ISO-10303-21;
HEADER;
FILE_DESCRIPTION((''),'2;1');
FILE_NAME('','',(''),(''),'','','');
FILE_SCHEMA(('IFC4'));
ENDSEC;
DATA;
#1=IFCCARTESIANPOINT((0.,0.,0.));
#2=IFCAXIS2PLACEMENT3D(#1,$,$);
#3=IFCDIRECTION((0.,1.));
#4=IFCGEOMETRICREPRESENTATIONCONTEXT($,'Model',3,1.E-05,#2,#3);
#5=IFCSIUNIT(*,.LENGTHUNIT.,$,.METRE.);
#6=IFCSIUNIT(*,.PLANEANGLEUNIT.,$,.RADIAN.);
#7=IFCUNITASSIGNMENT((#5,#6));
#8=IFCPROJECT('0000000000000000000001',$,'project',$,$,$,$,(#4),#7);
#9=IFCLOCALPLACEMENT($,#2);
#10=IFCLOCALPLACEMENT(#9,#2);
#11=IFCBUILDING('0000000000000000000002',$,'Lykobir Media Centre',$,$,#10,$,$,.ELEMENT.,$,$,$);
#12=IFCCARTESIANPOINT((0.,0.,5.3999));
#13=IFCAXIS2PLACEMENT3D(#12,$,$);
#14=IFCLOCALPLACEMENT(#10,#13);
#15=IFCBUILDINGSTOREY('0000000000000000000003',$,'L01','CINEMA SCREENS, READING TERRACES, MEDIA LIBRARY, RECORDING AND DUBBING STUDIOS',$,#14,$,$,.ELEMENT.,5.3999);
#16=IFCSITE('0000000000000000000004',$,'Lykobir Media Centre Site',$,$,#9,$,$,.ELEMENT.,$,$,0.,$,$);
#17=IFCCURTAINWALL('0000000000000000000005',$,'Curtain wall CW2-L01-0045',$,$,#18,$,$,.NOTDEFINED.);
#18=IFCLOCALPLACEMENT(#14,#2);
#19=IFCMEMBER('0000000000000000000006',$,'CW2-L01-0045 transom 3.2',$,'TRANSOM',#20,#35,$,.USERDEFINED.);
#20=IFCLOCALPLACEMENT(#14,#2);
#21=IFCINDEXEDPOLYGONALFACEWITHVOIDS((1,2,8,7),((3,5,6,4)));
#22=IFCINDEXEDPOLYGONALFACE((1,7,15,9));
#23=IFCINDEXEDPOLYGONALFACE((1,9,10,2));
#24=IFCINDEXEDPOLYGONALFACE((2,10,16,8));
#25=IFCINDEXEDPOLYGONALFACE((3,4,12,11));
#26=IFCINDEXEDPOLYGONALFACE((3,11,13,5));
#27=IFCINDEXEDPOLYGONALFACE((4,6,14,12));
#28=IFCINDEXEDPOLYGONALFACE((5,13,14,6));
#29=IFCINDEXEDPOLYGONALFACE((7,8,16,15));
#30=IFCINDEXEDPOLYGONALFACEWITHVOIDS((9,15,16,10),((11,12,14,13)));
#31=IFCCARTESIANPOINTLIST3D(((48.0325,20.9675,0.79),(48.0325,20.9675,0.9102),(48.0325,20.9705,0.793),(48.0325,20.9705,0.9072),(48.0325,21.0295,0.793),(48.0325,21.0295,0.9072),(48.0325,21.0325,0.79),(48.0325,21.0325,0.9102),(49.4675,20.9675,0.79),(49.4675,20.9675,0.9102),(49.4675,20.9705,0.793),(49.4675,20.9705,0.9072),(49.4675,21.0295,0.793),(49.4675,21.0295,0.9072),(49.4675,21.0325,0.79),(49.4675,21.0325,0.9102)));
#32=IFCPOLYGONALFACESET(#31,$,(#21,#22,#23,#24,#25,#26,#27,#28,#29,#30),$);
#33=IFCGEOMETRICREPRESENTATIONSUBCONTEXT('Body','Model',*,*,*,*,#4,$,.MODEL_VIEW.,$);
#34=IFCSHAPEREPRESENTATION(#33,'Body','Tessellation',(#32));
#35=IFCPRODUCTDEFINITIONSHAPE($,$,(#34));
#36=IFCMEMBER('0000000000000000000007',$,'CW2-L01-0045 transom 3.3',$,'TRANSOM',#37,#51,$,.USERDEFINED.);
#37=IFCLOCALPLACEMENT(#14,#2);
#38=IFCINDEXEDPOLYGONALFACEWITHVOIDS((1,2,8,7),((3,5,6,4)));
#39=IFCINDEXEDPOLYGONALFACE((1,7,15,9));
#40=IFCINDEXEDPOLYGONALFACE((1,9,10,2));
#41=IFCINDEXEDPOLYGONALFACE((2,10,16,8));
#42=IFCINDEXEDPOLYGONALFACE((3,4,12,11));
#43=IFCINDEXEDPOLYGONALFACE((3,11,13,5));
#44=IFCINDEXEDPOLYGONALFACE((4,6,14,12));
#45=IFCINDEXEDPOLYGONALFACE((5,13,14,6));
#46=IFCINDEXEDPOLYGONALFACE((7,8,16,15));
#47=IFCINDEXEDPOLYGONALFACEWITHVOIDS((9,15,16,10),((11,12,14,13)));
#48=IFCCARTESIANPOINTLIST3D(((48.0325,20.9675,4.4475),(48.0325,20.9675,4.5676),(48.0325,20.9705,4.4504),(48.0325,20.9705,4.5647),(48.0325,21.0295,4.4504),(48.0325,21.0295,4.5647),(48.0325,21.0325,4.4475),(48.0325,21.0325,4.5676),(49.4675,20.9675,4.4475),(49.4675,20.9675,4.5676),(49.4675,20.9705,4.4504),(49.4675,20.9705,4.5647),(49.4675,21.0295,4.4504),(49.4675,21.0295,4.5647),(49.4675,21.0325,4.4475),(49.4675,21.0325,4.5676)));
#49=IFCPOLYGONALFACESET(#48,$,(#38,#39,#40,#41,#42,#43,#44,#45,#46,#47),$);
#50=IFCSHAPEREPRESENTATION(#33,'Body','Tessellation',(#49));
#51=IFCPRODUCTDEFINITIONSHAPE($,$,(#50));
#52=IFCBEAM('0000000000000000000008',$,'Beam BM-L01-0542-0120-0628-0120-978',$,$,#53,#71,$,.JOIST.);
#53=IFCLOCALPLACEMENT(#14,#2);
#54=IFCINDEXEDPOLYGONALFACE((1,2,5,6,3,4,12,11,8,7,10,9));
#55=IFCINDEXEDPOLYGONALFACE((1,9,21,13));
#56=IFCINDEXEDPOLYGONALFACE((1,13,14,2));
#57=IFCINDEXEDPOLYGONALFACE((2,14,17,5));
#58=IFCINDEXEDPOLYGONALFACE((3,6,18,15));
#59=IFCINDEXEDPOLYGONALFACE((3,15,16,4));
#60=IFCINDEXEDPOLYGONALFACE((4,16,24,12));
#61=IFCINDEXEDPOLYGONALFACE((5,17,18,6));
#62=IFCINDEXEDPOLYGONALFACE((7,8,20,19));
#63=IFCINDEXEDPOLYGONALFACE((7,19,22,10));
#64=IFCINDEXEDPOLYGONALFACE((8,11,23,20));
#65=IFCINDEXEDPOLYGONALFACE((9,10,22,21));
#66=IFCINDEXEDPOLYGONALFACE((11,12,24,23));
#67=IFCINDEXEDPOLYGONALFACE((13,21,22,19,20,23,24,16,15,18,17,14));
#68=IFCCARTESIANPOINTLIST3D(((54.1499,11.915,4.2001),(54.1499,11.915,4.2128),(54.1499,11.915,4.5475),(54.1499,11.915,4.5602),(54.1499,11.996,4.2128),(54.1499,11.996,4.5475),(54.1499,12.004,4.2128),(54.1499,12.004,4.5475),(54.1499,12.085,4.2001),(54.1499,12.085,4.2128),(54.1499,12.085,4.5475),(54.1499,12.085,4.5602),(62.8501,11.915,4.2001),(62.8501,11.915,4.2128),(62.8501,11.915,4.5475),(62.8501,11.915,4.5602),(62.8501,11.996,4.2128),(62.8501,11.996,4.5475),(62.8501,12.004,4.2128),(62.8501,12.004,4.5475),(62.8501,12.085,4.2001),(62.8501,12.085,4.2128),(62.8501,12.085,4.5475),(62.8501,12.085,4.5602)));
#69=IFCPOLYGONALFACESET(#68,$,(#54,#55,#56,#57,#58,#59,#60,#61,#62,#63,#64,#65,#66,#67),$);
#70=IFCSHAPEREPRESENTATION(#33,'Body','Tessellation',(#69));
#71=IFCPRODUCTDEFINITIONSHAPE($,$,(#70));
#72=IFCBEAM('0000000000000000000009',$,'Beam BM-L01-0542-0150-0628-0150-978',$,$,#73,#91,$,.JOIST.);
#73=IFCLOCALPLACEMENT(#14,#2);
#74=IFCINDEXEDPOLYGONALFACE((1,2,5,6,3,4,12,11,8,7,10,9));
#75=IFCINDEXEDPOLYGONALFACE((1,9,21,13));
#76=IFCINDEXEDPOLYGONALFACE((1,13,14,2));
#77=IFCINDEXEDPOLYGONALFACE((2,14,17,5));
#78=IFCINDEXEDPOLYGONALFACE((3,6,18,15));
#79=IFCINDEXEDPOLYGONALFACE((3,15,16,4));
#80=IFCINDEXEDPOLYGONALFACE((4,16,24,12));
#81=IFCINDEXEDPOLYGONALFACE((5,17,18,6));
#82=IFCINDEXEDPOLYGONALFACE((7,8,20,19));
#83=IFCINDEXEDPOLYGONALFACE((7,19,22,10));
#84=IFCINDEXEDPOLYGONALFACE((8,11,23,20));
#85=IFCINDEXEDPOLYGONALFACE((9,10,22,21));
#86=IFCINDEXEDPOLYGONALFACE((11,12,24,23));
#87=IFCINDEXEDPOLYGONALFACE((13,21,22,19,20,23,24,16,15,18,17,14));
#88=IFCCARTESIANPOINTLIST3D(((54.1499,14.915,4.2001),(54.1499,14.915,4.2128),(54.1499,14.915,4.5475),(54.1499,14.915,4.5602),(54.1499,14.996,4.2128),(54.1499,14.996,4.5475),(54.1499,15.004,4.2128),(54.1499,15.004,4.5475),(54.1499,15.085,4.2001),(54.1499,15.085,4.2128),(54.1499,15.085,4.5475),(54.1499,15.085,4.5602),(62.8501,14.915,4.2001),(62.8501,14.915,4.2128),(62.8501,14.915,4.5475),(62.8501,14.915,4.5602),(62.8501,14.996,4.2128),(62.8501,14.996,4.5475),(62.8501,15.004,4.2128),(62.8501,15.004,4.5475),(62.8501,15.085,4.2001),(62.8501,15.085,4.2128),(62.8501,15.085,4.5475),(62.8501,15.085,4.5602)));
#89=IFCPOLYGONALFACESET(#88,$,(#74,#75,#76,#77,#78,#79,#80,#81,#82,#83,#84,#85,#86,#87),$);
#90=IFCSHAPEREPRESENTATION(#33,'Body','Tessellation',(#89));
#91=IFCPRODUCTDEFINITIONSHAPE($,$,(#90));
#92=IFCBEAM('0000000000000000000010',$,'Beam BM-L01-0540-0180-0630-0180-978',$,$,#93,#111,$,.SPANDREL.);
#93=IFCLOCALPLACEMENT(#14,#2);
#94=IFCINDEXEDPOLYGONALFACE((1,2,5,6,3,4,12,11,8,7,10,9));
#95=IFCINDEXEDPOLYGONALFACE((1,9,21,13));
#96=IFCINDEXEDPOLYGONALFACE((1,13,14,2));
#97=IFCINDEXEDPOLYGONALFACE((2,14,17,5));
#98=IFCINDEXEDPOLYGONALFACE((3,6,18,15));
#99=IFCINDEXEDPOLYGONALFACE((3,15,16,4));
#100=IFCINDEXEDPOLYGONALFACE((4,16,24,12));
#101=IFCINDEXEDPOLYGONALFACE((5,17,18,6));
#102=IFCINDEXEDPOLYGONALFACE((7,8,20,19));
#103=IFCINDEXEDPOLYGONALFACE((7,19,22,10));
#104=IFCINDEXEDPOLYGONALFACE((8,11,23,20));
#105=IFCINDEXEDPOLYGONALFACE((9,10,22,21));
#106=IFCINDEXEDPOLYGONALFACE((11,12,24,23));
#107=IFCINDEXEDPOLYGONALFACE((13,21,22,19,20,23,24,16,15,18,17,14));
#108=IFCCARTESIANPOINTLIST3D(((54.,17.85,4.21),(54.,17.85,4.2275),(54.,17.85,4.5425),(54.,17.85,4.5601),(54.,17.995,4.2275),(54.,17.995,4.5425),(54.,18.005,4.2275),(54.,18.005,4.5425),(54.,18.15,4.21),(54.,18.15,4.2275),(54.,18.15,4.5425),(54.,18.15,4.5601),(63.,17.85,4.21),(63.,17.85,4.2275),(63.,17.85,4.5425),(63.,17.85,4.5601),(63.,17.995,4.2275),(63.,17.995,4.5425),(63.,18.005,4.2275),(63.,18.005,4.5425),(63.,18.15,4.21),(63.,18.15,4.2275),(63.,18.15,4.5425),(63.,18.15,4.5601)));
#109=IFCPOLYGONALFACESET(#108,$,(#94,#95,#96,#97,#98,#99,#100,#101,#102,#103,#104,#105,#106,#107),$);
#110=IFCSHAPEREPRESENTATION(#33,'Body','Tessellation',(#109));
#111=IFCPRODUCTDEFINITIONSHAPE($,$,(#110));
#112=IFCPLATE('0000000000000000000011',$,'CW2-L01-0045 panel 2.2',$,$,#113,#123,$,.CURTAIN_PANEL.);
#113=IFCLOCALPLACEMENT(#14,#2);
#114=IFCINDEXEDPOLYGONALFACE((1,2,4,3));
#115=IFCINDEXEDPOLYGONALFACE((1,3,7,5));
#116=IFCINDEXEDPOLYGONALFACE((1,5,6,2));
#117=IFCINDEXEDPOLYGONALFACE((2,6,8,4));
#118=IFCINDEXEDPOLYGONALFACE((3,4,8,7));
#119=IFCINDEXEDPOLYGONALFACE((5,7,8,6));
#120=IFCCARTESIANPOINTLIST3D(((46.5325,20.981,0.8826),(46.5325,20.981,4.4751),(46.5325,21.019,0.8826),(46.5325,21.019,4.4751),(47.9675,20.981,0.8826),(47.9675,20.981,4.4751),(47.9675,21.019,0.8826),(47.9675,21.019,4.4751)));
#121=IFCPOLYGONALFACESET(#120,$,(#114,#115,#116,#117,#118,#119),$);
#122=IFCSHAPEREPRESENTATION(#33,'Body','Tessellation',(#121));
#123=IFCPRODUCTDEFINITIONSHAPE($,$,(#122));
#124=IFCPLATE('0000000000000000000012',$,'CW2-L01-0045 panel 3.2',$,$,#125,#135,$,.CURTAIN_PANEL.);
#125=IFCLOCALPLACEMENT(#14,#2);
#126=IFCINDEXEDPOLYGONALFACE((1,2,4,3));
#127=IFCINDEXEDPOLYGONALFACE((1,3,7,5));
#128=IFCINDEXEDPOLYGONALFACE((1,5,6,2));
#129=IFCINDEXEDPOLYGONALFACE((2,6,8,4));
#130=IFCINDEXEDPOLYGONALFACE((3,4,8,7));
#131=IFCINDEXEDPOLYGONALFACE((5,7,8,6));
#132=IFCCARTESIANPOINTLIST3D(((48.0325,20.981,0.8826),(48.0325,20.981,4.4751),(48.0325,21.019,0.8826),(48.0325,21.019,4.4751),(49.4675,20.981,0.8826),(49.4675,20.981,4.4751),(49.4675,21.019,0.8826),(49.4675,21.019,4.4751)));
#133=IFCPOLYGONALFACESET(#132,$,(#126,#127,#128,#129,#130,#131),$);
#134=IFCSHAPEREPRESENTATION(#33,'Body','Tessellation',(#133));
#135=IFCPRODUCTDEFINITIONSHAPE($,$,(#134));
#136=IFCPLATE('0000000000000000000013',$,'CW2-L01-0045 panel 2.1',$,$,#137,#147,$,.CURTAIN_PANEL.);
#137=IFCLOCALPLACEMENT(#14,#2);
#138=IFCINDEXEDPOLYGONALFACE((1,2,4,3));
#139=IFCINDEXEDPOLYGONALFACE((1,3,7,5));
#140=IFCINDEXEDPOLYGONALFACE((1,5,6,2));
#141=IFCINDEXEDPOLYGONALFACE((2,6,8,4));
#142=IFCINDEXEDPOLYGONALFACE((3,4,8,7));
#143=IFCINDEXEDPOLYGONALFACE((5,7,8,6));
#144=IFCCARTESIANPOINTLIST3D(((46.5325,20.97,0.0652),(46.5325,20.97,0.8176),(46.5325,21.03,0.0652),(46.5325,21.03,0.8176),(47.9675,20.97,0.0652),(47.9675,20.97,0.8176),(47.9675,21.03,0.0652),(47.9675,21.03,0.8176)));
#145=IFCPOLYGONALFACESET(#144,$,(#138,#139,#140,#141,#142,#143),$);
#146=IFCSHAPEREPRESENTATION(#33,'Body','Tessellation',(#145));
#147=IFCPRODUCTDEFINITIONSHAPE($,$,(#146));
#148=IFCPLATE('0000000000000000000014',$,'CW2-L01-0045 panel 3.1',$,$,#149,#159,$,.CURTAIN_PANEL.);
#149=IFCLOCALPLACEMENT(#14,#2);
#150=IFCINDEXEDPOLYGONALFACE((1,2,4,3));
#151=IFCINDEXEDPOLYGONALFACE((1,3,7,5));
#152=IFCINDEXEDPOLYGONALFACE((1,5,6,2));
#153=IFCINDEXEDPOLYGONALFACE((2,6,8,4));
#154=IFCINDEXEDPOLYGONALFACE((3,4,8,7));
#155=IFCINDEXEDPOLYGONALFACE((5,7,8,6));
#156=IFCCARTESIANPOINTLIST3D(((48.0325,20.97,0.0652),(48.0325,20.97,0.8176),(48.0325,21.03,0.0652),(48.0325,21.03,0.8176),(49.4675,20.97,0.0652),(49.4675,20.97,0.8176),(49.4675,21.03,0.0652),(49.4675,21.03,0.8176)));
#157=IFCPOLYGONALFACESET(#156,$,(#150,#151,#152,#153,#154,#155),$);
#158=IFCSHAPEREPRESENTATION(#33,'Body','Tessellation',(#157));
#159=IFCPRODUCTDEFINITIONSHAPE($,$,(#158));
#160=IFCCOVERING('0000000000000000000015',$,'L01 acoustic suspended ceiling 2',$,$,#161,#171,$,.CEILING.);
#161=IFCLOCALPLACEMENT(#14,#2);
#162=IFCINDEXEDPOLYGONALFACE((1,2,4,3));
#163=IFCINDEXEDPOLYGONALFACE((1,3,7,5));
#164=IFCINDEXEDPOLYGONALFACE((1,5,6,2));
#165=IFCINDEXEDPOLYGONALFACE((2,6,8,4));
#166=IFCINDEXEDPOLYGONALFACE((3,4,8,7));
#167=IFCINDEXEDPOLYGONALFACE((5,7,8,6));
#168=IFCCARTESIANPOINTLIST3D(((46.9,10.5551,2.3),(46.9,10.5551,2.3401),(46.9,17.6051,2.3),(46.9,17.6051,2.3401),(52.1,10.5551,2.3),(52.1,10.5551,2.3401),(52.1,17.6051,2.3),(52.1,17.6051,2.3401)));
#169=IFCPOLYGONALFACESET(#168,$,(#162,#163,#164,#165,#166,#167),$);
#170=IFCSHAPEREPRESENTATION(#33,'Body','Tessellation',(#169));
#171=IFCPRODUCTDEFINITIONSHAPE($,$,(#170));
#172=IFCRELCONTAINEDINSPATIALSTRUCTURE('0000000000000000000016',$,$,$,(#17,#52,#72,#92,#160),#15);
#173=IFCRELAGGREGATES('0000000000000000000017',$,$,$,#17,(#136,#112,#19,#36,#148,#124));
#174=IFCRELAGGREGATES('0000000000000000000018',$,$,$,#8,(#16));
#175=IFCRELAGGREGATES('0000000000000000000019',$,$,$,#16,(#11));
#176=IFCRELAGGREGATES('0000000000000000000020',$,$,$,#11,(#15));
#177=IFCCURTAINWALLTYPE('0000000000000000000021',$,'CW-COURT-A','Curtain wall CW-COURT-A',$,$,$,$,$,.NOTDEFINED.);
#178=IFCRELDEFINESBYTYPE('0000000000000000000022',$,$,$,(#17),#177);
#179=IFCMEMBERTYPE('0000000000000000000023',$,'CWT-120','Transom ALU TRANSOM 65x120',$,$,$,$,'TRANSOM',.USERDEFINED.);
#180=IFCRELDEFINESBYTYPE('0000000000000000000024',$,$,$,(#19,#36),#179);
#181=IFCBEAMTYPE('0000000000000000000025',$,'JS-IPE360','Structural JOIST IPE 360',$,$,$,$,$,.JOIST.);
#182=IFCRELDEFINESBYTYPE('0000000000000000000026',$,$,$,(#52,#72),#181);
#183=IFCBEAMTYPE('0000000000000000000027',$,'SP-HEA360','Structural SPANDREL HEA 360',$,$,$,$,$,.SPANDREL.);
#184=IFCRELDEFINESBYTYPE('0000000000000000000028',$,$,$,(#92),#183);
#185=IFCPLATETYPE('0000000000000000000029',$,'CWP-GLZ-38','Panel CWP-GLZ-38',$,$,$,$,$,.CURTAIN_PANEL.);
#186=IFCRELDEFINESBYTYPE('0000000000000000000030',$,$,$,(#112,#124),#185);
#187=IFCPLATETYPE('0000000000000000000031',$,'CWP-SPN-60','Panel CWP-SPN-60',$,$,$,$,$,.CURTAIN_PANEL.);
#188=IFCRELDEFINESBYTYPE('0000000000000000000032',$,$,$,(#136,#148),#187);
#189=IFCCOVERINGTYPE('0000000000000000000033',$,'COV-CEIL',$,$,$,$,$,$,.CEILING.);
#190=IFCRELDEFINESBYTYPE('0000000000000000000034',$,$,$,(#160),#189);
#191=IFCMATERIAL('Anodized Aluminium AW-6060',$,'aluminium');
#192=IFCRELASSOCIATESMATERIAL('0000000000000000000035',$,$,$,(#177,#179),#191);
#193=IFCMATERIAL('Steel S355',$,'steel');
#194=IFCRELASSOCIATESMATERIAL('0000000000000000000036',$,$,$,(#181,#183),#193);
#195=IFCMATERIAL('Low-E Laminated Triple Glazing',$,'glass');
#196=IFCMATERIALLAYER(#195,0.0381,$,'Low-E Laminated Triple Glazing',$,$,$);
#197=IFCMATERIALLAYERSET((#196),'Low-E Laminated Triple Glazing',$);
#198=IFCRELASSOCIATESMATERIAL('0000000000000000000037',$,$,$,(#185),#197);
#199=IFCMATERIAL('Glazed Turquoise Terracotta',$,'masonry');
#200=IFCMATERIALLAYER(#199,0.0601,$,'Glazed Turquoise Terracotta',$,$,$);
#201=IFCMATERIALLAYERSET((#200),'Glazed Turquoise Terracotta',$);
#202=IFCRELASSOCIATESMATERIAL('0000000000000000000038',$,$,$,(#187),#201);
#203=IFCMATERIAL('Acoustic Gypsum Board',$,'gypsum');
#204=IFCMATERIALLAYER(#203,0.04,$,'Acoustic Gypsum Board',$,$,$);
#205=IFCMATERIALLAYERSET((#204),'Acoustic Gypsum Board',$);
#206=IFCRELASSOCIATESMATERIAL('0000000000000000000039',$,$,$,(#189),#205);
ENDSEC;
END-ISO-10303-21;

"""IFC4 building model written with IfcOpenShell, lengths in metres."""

from ifc_helpers import new_model, si_unit, direction, frame, origin, origin_2d, place, context, subcontext, project, spatial, rectangle, hollow_rectangle, i_section, extrude, material, layer, layer_set, material_profile, profile_set, type_object, element, aggregate, save


model = new_model("IFC4")

# Units and contexts
model_context = context("Model", 3, precision=1e-05, world=origin(), true_north=direction((0.0, 1.0)))
body_context = subcontext(model_context, "Body", "Model", "MODEL_VIEW")
ifc_project = project(units=[si_unit("LENGTHUNIT", "METRE"), si_unit("PLANEANGLEUNIT", "RADIAN")], contexts=[model_context])

# Site, building, storey
site_placement = place(None, origin())
site = spatial("IfcSite", under=ifc_project, at=site_placement, Name="Lykobir Media Centre Site", CompositionType="ELEMENT", RefElevation=0.0)
building_placement = place(site_placement, origin())
building = spatial("IfcBuilding", under=site, at=building_placement, Name="Lykobir Media Centre", CompositionType="ELEMENT")
storey_placement = place(building_placement, frame((0.0, 0.0, 5.3999)))
storey = spatial("IfcBuildingStorey", under=building, at=storey_placement, Name="L01", Description="CINEMA SCREENS, READING TERRACES, MEDIA LIBRARY, RECORDING AND DUBBING STUDIOS", CompositionType="ELEMENT", Elevation=5.3999)

# Shared definitions
ifc_material_1 = material(Name="Steel S355", Category="steel")

# Curtain wall, members
ifc_material_2 = material(Name="Anodized Aluminium AW-6060", Category="aluminium")
curtain_wall_type = type_object("IfcCurtainWallType", Name="CW-COURT-A", Description="Curtain wall CW-COURT-A", PredefinedType="NOTDEFINED", material=ifc_material_2)
curtain_wall_placement = place(storey_placement, origin())
curtain_wall = element("IfcCurtainWall", 1, at=curtain_wall_placement, inside=storey, type_object=curtain_wall_type, Name="Curtain wall CW2-L01-0045", PredefinedType="NOTDEFINED")
ifc_material_profile_1 = material_profile(ifc_material_2, hollow_rectangle(XDim=0.0649, YDim=0.1201, WallThickness=0.0029, at=origin_2d()), Name="ALU TRANSOM 65x120")
ifc_profile_set_1 = profile_set([ifc_material_profile_1], Name="Anodized Aluminium AW-6060")
member_type_1 = type_object("IfcMemberType", Name="CWT-120", Description="Transom ALU TRANSOM 65x120", ElementType="TRANSOM", PredefinedType="USERDEFINED", material=ifc_profile_set_1)
member_1_placement = place(storey_placement, frame((48.0325, 21.0, 0.8501), z_axis=(1.0, 0.0, 0.0), x_axis=(0.0, 1.0, 0.0)))
member_1 = element("IfcMember", 2, at=member_1_placement, type_object=member_type_1, Name="CW2-L01-0045 transom 3.2", ObjectType="TRANSOM", PredefinedType="USERDEFINED", context=body_context, shape_type="SweptSolid", body=[
    extrude(hollow_rectangle(XDim=0.0649, YDim=0.1201, WallThickness=0.0029, at=origin_2d()), origin(), (0.0, 0.0, 1.0), 1.4351),
])
member_2_placement = place(storey_placement, frame((48.0325, 21.0, 4.5076), z_axis=(1.0, 0.0, 0.0), x_axis=(0.0, 1.0, 0.0)))
member_2 = element("IfcMember", 3, at=member_2_placement, type_object=member_type_1, Name="CW2-L01-0045 transom 3.3", ObjectType="TRANSOM", PredefinedType="USERDEFINED", context=body_context, shape_type="SweptSolid", body=[
    extrude(hollow_rectangle(XDim=0.0649, YDim=0.1201, WallThickness=0.0029, at=origin_2d()), origin(), (0.0, 0.0, 1.0), 1.4351),
])

# Beams
ifc_material_profile_2 = material_profile(ifc_material_1, i_section(OverallWidth=0.1699, OverallDepth=0.3601, WebThickness=0.0081, FlangeThickness=0.0127, at=origin_2d()), Name="IPE 360")
ifc_profile_set_2 = profile_set([ifc_material_profile_2], Name="Steel S355")
beam_type_1 = type_object("IfcBeamType", Name="JS-IPE360", Description="Structural JOIST IPE 360", PredefinedType="JOIST", material=ifc_profile_set_2)
for number, where, z_axis, x_axis, name in (
    (4, (54.1499, 12.0, 4.3801), (1.0, 0.0, 0.0), (0.0, 1.0, 0.0), "Beam BM-L01-0542-0120-0628-0120-978"),
    (5, (54.1499, 15.0, 4.3801), (1.0, 0.0, 0.0), (0.0, 1.0, 0.0), "Beam BM-L01-0542-0150-0628-0150-978"),
):
    element("IfcBeam", number, at=place(storey_placement, frame(where, z_axis=z_axis, x_axis=x_axis)), inside=storey, type_object=beam_type_1, Name=name, PredefinedType="JOIST", context=body_context, shape_type="SweptSolid", body=[
        extrude(i_section(OverallWidth=0.1699, OverallDepth=0.3601, WebThickness=0.0081, FlangeThickness=0.0127, at=origin_2d()), origin(), (0.0, 0.0, 1.0), 8.7002),
    ])
ifc_material_profile_3 = material_profile(ifc_material_1, i_section(OverallWidth=0.3, OverallDepth=0.3501, WebThickness=0.01, FlangeThickness=0.0176, at=origin_2d()), Name="HEA 360")
ifc_profile_set_3 = profile_set([ifc_material_profile_3], Name="Steel S355")
beam_type_2 = type_object("IfcBeamType", Name="SP-HEA360", Description="Structural SPANDREL HEA 360", PredefinedType="SPANDREL", material=ifc_profile_set_3)
beam_1_placement = place(storey_placement, frame((54.0, 18.0, 4.385), z_axis=(1.0, 0.0, 0.0), x_axis=(0.0, 1.0, 0.0)))
element("IfcBeam", 6, at=beam_1_placement, inside=storey, type_object=beam_type_2, Name="Beam BM-L01-0540-0180-0630-0180-978", PredefinedType="SPANDREL", context=body_context, shape_type="SweptSolid", body=[
    extrude(i_section(OverallWidth=0.3, OverallDepth=0.3501, WebThickness=0.01, FlangeThickness=0.0176, at=origin_2d()), origin(), (0.0, 0.0, 1.0), 9.0),
])

# Plates
ifc_material_3 = material(Name="Low-E Laminated Triple Glazing", Category="glass")
ifc_layer_1 = layer(ifc_material_3, 0.0381, Name="Low-E Laminated Triple Glazing")
ifc_layer_set_1 = layer_set([ifc_layer_1], Name="Low-E Laminated Triple Glazing")
plate_type_1 = type_object("IfcPlateType", Name="CWP-GLZ-38", Description="Panel CWP-GLZ-38", PredefinedType="CURTAIN_PANEL", material=ifc_layer_set_1)
plate_1_placement = place(storey_placement, frame((47.25, 21.0, 0.8826), z_axis=(0.0, 0.0, 1.0), x_axis=(1.0, 0.0, 0.0)))
plate_1 = element("IfcPlate", 7, at=plate_1_placement, type_object=plate_type_1, Name="CW2-L01-0045 panel 2.2", PredefinedType="CURTAIN_PANEL", context=body_context, shape_type="SweptSolid", body=[
    extrude(rectangle(XDim=1.4351, YDim=0.0381, at=origin_2d()), origin(), (0.0, 0.0, 1.0), 3.5925),
])
plate_2_placement = place(storey_placement, frame((48.75, 21.0, 0.8826), z_axis=(0.0, 0.0, 1.0), x_axis=(1.0, 0.0, 0.0)))
plate_2 = element("IfcPlate", 8, at=plate_2_placement, type_object=plate_type_1, Name="CW2-L01-0045 panel 3.2", PredefinedType="CURTAIN_PANEL", context=body_context, shape_type="SweptSolid", body=[
    extrude(rectangle(XDim=1.4351, YDim=0.0381, at=origin_2d()), origin(), (0.0, 0.0, 1.0), 3.5925),
])
ifc_material_4 = material(Name="Glazed Turquoise Terracotta", Category="masonry")
ifc_layer_2 = layer(ifc_material_4, 0.0601, Name="Glazed Turquoise Terracotta")
ifc_layer_set_2 = layer_set([ifc_layer_2], Name="Glazed Turquoise Terracotta")
plate_type_2 = type_object("IfcPlateType", Name="CWP-SPN-60", Description="Panel CWP-SPN-60", PredefinedType="CURTAIN_PANEL", material=ifc_layer_set_2)
plate_3_placement = place(storey_placement, frame((47.25, 21.0, 0.0652), z_axis=(0.0, 0.0, 1.0), x_axis=(1.0, 0.0, 0.0)))
plate_3 = element("IfcPlate", 9, at=plate_3_placement, type_object=plate_type_2, Name="CW2-L01-0045 panel 2.1", PredefinedType="CURTAIN_PANEL", context=body_context, shape_type="SweptSolid", body=[
    extrude(rectangle(XDim=1.4351, YDim=0.0601, at=origin_2d()), origin(), (0.0, 0.0, 1.0), 0.7524),
])
plate_4_placement = place(storey_placement, frame((48.75, 21.0, 0.0652), z_axis=(0.0, 0.0, 1.0), x_axis=(1.0, 0.0, 0.0)))
plate_4 = element("IfcPlate", 10, at=plate_4_placement, type_object=plate_type_2, Name="CW2-L01-0045 panel 3.1", PredefinedType="CURTAIN_PANEL", context=body_context, shape_type="SweptSolid", body=[
    extrude(rectangle(XDim=1.4351, YDim=0.0601, at=origin_2d()), origin(), (0.0, 0.0, 1.0), 0.7524),
])
aggregate(curtain_wall, [plate_3, plate_1, member_1, member_2, plate_4, plate_2])

# Covering
ifc_material_5 = material(Name="Acoustic Gypsum Board", Category="gypsum")
ifc_layer_3 = layer(ifc_material_5, 0.04, Name="Acoustic Gypsum Board")
ifc_layer_set_3 = layer_set([ifc_layer_3], Name="Acoustic Gypsum Board")
covering_type = type_object("IfcCoveringType", Name="COV-CEIL", PredefinedType="CEILING", material=ifc_layer_set_3)
covering_placement = place(storey_placement, frame((49.5, 14.0801, 2.3), z_axis=(0.0, 0.0, 1.0), x_axis=(1.0, 0.0, 0.0)))
element("IfcCovering", 11, at=covering_placement, inside=storey, type_object=covering_type, Name="L01 acoustic suspended ceiling 2", PredefinedType="CEILING", context=body_context, shape_type="SweptSolid", body=[
    extrude(rectangle(XDim=5.2, YDim=7.05, at=origin_2d()), origin(), (0.0, 0.0, 1.0), 0.04),
])

save(model, "model.ifc")
